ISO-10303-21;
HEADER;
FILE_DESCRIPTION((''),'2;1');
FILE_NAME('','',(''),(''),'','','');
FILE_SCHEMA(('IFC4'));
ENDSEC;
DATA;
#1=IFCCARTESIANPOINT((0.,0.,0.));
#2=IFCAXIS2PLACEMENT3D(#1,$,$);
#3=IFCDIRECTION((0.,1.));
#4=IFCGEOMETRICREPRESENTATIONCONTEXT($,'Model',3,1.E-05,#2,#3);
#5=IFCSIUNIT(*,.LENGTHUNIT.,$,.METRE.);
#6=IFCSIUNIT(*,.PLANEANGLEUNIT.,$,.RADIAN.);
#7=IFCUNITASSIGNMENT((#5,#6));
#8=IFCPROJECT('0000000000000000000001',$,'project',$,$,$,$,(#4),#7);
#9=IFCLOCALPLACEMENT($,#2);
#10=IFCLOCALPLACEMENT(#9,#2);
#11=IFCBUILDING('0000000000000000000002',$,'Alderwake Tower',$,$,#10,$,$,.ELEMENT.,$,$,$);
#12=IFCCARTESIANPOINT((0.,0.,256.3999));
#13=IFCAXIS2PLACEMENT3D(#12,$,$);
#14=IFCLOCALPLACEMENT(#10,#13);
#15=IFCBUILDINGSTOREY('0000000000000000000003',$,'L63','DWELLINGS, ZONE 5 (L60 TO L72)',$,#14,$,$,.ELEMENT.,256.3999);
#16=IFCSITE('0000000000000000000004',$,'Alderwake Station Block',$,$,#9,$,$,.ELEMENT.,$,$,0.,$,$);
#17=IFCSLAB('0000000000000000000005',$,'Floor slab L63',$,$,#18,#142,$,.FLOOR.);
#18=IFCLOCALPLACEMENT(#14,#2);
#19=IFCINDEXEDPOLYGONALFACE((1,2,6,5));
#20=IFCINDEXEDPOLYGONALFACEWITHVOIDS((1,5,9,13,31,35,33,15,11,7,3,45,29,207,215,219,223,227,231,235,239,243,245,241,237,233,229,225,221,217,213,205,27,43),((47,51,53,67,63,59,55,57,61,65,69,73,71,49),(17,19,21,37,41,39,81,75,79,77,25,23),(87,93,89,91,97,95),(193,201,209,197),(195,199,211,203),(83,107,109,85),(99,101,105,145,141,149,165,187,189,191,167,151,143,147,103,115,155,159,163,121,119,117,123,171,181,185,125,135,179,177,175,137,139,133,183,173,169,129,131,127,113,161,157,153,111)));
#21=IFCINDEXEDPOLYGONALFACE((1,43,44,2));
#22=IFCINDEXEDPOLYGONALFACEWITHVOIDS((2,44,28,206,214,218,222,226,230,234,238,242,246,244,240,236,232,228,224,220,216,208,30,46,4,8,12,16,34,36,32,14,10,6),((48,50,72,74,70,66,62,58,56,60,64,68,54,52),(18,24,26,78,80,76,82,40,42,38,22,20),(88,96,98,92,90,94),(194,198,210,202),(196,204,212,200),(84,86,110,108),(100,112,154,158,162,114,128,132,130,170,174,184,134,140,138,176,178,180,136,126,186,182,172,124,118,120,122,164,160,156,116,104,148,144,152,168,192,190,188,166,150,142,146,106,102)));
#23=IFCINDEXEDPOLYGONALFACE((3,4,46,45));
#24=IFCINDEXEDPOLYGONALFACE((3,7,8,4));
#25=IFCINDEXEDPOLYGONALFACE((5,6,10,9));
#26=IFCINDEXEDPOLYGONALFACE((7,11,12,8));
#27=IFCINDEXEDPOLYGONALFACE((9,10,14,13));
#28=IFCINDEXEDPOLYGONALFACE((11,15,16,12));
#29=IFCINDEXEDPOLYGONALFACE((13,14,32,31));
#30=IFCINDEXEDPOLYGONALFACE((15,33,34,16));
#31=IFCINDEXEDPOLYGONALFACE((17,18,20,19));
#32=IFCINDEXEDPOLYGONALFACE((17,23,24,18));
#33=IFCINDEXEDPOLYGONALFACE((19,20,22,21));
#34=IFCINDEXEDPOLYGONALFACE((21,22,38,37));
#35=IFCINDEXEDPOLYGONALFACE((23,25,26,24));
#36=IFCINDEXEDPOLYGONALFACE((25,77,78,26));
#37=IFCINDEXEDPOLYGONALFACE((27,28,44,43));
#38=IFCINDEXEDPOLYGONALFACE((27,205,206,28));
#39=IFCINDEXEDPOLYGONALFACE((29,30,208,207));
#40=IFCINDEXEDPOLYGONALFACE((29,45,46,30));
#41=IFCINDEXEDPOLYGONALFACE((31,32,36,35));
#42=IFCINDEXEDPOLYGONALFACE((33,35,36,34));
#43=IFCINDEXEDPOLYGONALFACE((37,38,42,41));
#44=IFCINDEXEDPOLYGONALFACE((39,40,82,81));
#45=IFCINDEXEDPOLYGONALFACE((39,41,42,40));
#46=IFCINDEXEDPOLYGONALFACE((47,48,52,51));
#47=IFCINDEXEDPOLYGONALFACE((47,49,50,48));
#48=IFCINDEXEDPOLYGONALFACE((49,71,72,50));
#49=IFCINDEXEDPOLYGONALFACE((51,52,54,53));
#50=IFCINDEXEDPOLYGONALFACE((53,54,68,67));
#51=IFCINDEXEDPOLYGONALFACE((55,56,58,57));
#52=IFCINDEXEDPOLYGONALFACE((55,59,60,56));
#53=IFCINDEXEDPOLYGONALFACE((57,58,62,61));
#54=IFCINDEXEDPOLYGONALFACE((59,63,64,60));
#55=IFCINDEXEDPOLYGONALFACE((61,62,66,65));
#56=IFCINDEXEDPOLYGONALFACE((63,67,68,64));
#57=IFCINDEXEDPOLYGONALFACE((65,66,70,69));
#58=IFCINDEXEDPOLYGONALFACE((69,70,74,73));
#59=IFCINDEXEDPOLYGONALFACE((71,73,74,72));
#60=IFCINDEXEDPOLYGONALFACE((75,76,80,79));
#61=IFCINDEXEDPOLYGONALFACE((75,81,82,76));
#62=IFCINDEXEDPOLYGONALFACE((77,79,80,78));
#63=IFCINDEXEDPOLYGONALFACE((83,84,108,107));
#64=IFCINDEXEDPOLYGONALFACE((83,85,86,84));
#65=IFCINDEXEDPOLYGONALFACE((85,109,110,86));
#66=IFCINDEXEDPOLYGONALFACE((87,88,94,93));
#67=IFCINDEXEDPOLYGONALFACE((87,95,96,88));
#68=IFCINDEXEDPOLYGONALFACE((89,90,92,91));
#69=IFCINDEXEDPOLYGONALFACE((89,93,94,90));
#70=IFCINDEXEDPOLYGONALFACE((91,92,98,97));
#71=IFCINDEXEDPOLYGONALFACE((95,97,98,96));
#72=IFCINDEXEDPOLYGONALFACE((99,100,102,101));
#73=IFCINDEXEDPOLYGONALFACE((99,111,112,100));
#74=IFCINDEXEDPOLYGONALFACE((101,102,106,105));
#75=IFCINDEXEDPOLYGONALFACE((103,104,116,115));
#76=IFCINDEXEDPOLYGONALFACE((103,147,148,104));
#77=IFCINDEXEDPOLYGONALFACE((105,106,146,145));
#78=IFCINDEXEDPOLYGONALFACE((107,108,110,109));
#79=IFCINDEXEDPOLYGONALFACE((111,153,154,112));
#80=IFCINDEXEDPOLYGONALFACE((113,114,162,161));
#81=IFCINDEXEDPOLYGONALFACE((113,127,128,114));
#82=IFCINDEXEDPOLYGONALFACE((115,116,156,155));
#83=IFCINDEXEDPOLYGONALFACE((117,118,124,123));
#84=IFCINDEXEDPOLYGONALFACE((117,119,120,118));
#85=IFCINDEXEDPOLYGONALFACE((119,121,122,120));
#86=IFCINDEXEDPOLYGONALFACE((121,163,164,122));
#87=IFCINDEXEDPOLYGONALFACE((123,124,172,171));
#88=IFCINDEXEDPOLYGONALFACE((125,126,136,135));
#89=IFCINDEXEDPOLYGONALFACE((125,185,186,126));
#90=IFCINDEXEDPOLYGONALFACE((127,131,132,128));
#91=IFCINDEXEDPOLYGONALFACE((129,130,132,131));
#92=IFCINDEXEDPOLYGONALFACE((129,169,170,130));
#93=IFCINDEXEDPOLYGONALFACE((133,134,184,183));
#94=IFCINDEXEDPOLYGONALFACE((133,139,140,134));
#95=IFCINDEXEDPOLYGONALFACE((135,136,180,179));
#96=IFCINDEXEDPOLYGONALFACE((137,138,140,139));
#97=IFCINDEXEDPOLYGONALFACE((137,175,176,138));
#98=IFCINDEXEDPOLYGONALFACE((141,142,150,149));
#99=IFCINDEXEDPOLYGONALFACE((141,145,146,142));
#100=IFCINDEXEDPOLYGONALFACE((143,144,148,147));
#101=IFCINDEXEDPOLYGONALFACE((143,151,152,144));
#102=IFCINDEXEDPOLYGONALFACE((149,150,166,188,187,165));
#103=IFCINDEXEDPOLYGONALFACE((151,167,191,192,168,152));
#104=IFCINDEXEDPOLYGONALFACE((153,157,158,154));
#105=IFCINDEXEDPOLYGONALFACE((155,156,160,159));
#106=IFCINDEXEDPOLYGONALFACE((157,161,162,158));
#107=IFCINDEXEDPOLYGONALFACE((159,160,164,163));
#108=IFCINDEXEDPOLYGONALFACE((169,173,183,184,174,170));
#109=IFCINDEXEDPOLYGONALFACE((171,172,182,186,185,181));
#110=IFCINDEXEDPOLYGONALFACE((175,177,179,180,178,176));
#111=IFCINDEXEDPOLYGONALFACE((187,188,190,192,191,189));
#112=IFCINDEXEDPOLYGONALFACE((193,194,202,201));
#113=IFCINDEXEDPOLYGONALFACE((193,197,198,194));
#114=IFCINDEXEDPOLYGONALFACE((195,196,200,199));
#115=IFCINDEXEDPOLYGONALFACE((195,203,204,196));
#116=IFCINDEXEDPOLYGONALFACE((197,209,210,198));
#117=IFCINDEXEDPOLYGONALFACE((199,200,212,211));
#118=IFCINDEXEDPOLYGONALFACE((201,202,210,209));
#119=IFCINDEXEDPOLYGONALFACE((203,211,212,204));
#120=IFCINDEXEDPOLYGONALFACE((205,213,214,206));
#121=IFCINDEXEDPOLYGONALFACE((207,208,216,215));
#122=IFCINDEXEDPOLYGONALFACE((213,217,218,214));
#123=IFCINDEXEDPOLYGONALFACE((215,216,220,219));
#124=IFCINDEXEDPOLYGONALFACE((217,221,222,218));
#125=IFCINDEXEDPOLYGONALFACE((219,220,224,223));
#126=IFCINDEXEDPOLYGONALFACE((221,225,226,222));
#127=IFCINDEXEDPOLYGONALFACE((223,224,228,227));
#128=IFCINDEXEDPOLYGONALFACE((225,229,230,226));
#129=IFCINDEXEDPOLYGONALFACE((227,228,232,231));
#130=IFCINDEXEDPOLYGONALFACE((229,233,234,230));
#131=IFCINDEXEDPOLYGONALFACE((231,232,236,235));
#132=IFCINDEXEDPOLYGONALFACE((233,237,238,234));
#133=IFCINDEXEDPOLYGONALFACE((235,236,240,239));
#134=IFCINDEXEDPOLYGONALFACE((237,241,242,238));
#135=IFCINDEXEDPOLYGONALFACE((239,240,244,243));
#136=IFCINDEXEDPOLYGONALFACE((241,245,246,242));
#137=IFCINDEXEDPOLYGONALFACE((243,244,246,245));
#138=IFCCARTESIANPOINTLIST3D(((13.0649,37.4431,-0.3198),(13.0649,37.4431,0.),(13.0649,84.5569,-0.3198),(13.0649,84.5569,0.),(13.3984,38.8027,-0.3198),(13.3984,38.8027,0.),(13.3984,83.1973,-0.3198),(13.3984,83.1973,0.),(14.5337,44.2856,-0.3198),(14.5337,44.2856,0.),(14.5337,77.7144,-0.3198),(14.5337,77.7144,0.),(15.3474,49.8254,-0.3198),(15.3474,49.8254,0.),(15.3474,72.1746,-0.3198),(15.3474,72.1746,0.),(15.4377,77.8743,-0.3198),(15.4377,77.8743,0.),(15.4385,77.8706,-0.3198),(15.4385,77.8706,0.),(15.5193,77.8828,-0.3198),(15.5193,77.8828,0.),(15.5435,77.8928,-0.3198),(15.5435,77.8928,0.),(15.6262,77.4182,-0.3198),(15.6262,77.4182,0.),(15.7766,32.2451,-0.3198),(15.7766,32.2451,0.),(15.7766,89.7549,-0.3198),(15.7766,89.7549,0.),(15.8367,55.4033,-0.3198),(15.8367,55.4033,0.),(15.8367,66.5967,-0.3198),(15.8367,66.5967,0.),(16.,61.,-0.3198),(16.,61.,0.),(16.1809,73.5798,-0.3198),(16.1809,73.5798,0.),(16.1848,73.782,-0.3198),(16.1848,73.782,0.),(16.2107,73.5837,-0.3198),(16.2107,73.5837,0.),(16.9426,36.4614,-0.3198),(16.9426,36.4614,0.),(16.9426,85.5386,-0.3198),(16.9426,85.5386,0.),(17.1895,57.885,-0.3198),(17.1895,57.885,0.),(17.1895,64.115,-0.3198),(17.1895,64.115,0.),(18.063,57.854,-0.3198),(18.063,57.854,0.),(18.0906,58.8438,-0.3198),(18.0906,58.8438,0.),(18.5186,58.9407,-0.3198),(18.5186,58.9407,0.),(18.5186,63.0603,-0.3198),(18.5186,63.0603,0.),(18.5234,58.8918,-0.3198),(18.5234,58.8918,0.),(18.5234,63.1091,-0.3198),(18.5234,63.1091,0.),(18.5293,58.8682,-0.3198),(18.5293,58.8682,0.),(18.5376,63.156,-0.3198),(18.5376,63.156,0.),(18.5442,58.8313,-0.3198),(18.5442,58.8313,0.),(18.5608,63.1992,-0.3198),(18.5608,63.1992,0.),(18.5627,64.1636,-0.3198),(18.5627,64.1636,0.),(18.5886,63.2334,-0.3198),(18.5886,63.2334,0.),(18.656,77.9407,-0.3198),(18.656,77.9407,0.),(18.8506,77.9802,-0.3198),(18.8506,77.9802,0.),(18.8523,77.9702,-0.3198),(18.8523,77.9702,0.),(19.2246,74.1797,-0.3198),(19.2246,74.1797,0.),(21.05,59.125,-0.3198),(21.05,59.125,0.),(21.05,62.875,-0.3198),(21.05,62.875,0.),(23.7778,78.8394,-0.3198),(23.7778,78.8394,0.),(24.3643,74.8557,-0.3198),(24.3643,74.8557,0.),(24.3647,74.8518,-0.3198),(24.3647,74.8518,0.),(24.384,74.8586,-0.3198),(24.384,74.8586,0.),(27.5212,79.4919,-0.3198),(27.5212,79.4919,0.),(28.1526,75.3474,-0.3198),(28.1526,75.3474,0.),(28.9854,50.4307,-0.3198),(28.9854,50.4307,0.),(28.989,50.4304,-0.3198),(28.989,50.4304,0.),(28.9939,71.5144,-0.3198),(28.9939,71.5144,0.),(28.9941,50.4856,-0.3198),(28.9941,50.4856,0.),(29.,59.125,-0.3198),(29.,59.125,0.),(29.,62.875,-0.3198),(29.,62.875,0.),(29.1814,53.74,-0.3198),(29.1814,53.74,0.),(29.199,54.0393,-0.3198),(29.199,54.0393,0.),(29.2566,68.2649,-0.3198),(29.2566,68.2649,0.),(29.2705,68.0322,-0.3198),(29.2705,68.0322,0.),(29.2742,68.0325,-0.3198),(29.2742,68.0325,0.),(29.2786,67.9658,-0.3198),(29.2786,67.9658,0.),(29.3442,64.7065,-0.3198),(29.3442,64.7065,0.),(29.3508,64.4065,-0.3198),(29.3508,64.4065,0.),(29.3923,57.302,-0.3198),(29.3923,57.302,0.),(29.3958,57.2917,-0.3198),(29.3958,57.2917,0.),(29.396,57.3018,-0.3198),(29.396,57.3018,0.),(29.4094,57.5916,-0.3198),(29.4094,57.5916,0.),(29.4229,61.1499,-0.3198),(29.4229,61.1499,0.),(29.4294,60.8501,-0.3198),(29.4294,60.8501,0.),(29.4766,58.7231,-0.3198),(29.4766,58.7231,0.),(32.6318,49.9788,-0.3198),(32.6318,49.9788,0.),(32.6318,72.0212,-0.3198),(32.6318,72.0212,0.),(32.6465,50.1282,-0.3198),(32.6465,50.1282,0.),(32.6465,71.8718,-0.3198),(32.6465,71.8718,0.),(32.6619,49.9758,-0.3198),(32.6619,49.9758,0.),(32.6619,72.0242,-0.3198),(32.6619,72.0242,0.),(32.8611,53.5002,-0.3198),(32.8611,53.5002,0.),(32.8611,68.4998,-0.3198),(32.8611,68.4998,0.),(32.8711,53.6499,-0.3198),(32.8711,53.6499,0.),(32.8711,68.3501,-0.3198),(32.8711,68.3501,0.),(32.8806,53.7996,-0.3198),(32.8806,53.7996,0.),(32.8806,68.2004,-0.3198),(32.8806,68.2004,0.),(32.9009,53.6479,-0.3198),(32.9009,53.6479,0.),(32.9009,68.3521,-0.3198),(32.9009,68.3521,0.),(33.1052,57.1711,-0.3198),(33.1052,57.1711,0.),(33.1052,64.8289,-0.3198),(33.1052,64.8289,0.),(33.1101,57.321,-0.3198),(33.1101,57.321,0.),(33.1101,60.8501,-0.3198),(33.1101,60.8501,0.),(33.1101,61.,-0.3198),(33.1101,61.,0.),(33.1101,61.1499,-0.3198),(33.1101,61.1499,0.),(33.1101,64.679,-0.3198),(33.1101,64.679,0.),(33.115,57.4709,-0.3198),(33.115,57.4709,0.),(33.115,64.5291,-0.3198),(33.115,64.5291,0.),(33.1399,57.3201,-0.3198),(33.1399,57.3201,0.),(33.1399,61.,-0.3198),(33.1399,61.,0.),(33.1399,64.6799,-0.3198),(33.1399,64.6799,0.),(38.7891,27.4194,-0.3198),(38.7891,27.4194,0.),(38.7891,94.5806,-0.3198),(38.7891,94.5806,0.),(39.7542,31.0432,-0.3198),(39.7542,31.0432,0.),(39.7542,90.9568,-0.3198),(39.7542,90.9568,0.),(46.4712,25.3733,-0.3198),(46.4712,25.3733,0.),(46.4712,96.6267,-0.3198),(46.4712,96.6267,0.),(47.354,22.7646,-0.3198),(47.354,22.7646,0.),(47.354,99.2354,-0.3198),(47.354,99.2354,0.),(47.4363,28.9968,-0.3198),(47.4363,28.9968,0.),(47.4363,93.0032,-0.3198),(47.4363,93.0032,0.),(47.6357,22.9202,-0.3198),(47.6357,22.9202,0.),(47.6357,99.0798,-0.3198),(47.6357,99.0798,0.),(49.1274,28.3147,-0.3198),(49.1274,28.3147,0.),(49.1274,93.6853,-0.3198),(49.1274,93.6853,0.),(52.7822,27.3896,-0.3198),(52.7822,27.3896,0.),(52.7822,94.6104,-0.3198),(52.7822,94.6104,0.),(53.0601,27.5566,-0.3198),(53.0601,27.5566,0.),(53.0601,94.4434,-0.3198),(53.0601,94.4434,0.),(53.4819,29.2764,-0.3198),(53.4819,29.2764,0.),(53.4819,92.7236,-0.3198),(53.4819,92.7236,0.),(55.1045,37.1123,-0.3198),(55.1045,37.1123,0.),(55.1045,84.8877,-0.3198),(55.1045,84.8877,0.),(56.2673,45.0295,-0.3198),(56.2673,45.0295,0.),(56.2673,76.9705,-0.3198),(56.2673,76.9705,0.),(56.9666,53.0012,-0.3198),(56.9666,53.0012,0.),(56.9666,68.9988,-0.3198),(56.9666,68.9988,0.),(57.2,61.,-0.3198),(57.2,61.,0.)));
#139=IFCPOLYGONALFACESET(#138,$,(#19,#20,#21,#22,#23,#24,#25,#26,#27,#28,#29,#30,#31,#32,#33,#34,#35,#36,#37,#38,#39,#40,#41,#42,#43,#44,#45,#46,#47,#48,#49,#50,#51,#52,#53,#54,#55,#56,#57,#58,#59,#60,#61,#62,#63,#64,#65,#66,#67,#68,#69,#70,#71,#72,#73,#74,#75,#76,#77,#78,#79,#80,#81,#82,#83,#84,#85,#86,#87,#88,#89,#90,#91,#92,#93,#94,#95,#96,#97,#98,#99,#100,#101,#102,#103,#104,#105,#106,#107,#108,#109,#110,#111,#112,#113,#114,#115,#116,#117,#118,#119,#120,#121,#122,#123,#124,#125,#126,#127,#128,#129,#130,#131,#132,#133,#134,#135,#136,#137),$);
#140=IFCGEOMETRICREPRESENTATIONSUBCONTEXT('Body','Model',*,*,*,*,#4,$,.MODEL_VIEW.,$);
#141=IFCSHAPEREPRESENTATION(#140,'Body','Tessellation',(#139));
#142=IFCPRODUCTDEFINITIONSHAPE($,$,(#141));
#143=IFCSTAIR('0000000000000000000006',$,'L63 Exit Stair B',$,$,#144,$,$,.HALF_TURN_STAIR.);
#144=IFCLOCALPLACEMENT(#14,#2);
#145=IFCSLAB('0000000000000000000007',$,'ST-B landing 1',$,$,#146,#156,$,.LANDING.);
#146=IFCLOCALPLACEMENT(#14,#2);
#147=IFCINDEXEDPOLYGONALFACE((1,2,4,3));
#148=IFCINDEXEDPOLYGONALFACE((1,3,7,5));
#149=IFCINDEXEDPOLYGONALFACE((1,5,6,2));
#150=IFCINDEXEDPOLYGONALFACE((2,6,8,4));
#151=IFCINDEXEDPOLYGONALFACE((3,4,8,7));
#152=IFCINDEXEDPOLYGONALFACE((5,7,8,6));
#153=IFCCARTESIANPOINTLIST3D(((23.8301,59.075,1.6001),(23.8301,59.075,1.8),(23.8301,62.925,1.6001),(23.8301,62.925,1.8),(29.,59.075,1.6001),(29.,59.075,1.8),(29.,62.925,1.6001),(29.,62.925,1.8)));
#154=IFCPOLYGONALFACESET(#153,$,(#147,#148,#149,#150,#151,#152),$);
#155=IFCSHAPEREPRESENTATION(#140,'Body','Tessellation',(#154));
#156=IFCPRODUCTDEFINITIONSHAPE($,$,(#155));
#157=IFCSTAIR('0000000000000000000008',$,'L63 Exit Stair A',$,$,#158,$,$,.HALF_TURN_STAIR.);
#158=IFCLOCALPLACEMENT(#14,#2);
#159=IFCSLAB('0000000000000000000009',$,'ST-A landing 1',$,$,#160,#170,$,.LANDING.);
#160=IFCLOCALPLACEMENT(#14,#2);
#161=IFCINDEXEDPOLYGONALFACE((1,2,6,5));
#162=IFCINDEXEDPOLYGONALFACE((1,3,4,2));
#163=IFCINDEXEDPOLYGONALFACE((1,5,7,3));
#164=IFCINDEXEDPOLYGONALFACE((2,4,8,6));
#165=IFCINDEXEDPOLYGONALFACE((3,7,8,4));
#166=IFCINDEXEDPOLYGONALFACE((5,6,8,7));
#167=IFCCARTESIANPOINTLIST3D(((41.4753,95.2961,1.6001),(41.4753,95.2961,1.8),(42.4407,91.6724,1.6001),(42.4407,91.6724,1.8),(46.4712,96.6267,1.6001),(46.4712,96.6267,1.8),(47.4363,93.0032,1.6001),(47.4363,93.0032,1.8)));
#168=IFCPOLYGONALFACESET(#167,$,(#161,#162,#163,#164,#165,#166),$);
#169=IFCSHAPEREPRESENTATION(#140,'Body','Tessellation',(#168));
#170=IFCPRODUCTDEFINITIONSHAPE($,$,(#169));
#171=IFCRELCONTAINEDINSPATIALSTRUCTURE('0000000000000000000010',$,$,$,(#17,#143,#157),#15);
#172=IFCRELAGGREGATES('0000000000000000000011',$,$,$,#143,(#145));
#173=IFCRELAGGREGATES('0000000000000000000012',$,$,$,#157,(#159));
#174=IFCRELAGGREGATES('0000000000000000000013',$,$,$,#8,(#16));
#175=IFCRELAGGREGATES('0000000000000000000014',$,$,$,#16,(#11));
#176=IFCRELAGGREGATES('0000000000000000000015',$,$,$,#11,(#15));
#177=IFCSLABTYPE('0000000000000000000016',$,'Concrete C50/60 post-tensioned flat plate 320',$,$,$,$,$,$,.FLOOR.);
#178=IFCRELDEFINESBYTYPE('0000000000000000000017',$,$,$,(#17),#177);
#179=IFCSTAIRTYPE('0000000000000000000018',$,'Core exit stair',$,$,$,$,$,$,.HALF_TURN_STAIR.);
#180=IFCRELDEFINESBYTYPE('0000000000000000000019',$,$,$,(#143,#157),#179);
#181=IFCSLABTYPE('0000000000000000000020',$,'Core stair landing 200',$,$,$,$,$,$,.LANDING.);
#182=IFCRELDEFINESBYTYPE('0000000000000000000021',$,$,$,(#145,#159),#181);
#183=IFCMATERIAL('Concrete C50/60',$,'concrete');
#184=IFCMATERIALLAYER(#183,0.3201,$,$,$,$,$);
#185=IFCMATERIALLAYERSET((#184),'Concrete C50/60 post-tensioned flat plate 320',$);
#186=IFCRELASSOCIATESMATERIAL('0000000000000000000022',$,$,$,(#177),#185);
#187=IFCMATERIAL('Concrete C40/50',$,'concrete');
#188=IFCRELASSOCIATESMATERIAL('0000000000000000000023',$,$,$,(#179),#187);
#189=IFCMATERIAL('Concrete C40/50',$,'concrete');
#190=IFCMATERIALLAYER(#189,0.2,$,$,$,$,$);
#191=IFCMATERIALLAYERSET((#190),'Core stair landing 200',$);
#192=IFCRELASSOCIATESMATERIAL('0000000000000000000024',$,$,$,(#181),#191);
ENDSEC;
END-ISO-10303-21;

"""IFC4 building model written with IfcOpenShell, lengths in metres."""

from ifc_helpers import new_model, si_unit, direction, frame, origin, place, context, subcontext, project, spatial, polyline, outline, extrude, material, layer, layer_set, type_object, element, aggregate, save


model = new_model("IFC4")

# Units and contexts
model_context = context("Model", 3, precision=1e-05, world=origin(), true_north=direction((0.0, 1.0)))
body_context = subcontext(model_context, "Body", "Model", "MODEL_VIEW")
ifc_project = project(units=[si_unit("LENGTHUNIT", "METRE"), si_unit("PLANEANGLEUNIT", "RADIAN")], contexts=[model_context])

# Site, building, storey
site_placement = place(None, origin())
site = spatial("IfcSite", under=ifc_project, at=site_placement, Name="Alderwake Station Block", CompositionType="ELEMENT", RefElevation=0.0)
building_placement = place(site_placement, origin())
building = spatial("IfcBuilding", under=site, at=building_placement, Name="Alderwake Tower", CompositionType="ELEMENT")
storey_placement = place(building_placement, frame((0.0, 0.0, 256.3999)))
storey = spatial("IfcBuildingStorey", under=building, at=storey_placement, Name="L63", Description="DWELLINGS, ZONE 5 (L60 TO L72)", CompositionType="ELEMENT", Elevation=256.3999)

# Slab
ifc_material_1 = material(Name="Concrete C50/60", Category="concrete")
ifc_layer_1 = layer(ifc_material_1, 0.3201)
ifc_layer_set_1 = layer_set([ifc_layer_1], Name="Concrete C50/60 post-tensioned flat plate 320")
slab_type_1 = type_object("IfcSlabType", Name="Concrete C50/60 post-tensioned flat plate 320", PredefinedType="FLOOR", material=ifc_layer_set_1)
slab_1_placement = place(storey_placement, frame((0.0, 0.0, -0.3198)))
element("IfcSlab", 1, at=slab_1_placement, inside=storey, type_object=slab_type_1, Name="Floor slab L63", PredefinedType="FLOOR", context=body_context, shape_type="SweptSolid", body=[
    extrude(outline(polyline([(13.0649, 37.4431), (13.3984, 38.8027), (14.5337, 44.2856), (15.3474, 49.8254), (15.8367, 55.4033), (16.0, 61.0), (15.8367, 66.5967), (15.3474, 72.1746), (14.5337, 77.7144), (13.3984, 83.1973), (13.0649, 84.5569), (16.9426, 85.5386), (15.7766, 89.7549), (47.354, 99.2354), (47.6357, 99.0798), (49.1274, 93.6853), (52.7822, 94.6104), (53.0601, 94.4434), (53.4819, 92.7236), (55.1045, 84.8877), (56.2673, 76.9705), (56.9666, 68.9988), (57.2, 61.0), (56.9666, 53.0012), (56.2673, 45.0295), (55.1045, 37.1123), (53.4819, 29.2764), (53.0601, 27.5566), (52.7822, 27.3896), (49.1274, 28.3147), (47.6357, 22.9202), (47.354, 22.7646), (15.7766, 32.2451), (16.9426, 36.4614), (13.0649, 37.4431)]), holes=[polyline([(28.9854, 50.4307), (28.989, 50.4304), (28.9941, 50.4856), (32.6465, 50.1282), (32.6318, 49.9788), (32.6619, 49.9758), (32.9009, 53.6479), (33.1399, 57.3201), (33.1399, 61.0), (33.1399, 64.6799), (32.9009, 68.3521), (32.6619, 72.0242), (32.6318, 72.0212), (32.6465, 71.8718), (28.9939, 71.5144), (29.2566, 68.2649), (32.8611, 68.4998), (32.8711, 68.3501), (32.8806, 68.2004), (29.2786, 67.9658), (29.2742, 68.0325), (29.2705, 68.0322), (29.3442, 64.7065), (33.1052, 64.8289), (33.1101, 64.679), (33.115, 64.5291), (29.3508, 64.4065), (29.4229, 61.1499), (33.1101, 61.1499), (33.1101, 61.0), (33.1101, 60.8501), (29.4294, 60.8501), (29.4766, 58.7231), (29.4094, 57.5916), (33.115, 57.4709), (33.1101, 57.321), (33.1052, 57.1711), (29.3958, 57.2917), (29.396, 57.3018), (29.3923, 57.302), (29.199, 54.0393), (32.8806, 53.7996), (32.8711, 53.6499), (32.8611, 53.5002), (29.1814, 53.74), (28.9854, 50.4307)]), polyline([(21.05, 62.875), (21.05, 59.125), (29.0, 59.125), (29.0, 62.875), (21.05, 62.875)]), polyline([(15.5435, 77.8928), (15.4377, 77.8743), (15.4385, 77.8706), (15.5193, 77.8828), (16.1809, 73.5798), (16.2107, 73.5837), (16.1848, 73.782), (19.2246, 74.1797), (18.656, 77.9407), (18.8523, 77.9702), (18.8506, 77.9802), (15.6262, 77.4182), (15.5435, 77.8928)]), polyline([(27.5212, 79.4919), (23.7778, 78.8394), (24.384, 74.8586), (24.3643, 74.8557), (24.3647, 74.8518), (28.1526, 75.3474), (27.5212, 79.4919)]), polyline([(47.4363, 28.9968), (39.7542, 31.0432), (38.7891, 27.4194), (46.4712, 25.3733), (47.4363, 28.9968)]), polyline([(46.4712, 96.6267), (38.7891, 94.5806), (39.7542, 90.9568), (47.4363, 93.0032), (46.4712, 96.6267)]), polyline([(17.1895, 64.115), (17.1895, 57.885), (18.063, 57.854), (18.0906, 58.8438), (18.5442, 58.8313), (18.5293, 58.8682), (18.5234, 58.8918), (18.5186, 58.9407), (18.5186, 63.0603), (18.5234, 63.1091), (18.5376, 63.156), (18.5608, 63.1992), (18.5886, 63.2334), (18.5627, 64.1636), (17.1895, 64.115)])]), origin(), (0.0, 0.0, 1.0), 0.3198),
])

# Stairs, slabs
ifc_material_2 = material(Name="Concrete C40/50", Category="concrete")
stair_type = type_object("IfcStairType", Name="Core exit stair", PredefinedType="HALF_TURN_STAIR", material=ifc_material_2)
stair_1_placement = place(storey_placement, origin())
stair_1 = element("IfcStair", 2, at=stair_1_placement, inside=storey, type_object=stair_type, Name="L63 Exit Stair B", PredefinedType="HALF_TURN_STAIR")
ifc_material_3 = material(Name="Concrete C40/50", Category="concrete")
ifc_layer_2 = layer(ifc_material_3, 0.2)
ifc_layer_set_2 = layer_set([ifc_layer_2], Name="Core stair landing 200")
slab_type_2 = type_object("IfcSlabType", Name="Core stair landing 200", PredefinedType="LANDING", material=ifc_layer_set_2)
slab_2_placement = place(storey_placement, frame((0.0, 0.0, 1.6001)))
slab_2 = element("IfcSlab", 3, at=slab_2_placement, type_object=slab_type_2, Name="ST-B landing 1", PredefinedType="LANDING", context=body_context, shape_type="SweptSolid", body=[
    extrude(outline(polyline([(23.8301, 59.075), (29.0, 59.075), (29.0, 62.925), (23.8301, 62.925), (23.8301, 59.075)])), origin(), (0.0, 0.0, 1.0), 0.2),
])
aggregate(stair_1, [slab_2])
stair_2_placement = place(storey_placement, origin())
stair_2 = element("IfcStair", 4, at=stair_2_placement, inside=storey, type_object=stair_type, Name="L63 Exit Stair A", PredefinedType="HALF_TURN_STAIR")
slab_3_placement = place(storey_placement, frame((0.0, 0.0, 1.6001)))
slab_3 = element("IfcSlab", 5, at=slab_3_placement, type_object=slab_type_2, Name="ST-A landing 1", PredefinedType="LANDING", context=body_context, shape_type="SweptSolid", body=[
    extrude(outline(polyline([(42.4407, 91.6724), (47.4363, 93.0032), (46.4712, 96.6267), (41.4753, 95.2961), (42.4407, 91.6724)])), origin(), (0.0, 0.0, 1.0), 0.2),
])
aggregate(stair_2, [slab_3])

save(model, "model.ifc")
